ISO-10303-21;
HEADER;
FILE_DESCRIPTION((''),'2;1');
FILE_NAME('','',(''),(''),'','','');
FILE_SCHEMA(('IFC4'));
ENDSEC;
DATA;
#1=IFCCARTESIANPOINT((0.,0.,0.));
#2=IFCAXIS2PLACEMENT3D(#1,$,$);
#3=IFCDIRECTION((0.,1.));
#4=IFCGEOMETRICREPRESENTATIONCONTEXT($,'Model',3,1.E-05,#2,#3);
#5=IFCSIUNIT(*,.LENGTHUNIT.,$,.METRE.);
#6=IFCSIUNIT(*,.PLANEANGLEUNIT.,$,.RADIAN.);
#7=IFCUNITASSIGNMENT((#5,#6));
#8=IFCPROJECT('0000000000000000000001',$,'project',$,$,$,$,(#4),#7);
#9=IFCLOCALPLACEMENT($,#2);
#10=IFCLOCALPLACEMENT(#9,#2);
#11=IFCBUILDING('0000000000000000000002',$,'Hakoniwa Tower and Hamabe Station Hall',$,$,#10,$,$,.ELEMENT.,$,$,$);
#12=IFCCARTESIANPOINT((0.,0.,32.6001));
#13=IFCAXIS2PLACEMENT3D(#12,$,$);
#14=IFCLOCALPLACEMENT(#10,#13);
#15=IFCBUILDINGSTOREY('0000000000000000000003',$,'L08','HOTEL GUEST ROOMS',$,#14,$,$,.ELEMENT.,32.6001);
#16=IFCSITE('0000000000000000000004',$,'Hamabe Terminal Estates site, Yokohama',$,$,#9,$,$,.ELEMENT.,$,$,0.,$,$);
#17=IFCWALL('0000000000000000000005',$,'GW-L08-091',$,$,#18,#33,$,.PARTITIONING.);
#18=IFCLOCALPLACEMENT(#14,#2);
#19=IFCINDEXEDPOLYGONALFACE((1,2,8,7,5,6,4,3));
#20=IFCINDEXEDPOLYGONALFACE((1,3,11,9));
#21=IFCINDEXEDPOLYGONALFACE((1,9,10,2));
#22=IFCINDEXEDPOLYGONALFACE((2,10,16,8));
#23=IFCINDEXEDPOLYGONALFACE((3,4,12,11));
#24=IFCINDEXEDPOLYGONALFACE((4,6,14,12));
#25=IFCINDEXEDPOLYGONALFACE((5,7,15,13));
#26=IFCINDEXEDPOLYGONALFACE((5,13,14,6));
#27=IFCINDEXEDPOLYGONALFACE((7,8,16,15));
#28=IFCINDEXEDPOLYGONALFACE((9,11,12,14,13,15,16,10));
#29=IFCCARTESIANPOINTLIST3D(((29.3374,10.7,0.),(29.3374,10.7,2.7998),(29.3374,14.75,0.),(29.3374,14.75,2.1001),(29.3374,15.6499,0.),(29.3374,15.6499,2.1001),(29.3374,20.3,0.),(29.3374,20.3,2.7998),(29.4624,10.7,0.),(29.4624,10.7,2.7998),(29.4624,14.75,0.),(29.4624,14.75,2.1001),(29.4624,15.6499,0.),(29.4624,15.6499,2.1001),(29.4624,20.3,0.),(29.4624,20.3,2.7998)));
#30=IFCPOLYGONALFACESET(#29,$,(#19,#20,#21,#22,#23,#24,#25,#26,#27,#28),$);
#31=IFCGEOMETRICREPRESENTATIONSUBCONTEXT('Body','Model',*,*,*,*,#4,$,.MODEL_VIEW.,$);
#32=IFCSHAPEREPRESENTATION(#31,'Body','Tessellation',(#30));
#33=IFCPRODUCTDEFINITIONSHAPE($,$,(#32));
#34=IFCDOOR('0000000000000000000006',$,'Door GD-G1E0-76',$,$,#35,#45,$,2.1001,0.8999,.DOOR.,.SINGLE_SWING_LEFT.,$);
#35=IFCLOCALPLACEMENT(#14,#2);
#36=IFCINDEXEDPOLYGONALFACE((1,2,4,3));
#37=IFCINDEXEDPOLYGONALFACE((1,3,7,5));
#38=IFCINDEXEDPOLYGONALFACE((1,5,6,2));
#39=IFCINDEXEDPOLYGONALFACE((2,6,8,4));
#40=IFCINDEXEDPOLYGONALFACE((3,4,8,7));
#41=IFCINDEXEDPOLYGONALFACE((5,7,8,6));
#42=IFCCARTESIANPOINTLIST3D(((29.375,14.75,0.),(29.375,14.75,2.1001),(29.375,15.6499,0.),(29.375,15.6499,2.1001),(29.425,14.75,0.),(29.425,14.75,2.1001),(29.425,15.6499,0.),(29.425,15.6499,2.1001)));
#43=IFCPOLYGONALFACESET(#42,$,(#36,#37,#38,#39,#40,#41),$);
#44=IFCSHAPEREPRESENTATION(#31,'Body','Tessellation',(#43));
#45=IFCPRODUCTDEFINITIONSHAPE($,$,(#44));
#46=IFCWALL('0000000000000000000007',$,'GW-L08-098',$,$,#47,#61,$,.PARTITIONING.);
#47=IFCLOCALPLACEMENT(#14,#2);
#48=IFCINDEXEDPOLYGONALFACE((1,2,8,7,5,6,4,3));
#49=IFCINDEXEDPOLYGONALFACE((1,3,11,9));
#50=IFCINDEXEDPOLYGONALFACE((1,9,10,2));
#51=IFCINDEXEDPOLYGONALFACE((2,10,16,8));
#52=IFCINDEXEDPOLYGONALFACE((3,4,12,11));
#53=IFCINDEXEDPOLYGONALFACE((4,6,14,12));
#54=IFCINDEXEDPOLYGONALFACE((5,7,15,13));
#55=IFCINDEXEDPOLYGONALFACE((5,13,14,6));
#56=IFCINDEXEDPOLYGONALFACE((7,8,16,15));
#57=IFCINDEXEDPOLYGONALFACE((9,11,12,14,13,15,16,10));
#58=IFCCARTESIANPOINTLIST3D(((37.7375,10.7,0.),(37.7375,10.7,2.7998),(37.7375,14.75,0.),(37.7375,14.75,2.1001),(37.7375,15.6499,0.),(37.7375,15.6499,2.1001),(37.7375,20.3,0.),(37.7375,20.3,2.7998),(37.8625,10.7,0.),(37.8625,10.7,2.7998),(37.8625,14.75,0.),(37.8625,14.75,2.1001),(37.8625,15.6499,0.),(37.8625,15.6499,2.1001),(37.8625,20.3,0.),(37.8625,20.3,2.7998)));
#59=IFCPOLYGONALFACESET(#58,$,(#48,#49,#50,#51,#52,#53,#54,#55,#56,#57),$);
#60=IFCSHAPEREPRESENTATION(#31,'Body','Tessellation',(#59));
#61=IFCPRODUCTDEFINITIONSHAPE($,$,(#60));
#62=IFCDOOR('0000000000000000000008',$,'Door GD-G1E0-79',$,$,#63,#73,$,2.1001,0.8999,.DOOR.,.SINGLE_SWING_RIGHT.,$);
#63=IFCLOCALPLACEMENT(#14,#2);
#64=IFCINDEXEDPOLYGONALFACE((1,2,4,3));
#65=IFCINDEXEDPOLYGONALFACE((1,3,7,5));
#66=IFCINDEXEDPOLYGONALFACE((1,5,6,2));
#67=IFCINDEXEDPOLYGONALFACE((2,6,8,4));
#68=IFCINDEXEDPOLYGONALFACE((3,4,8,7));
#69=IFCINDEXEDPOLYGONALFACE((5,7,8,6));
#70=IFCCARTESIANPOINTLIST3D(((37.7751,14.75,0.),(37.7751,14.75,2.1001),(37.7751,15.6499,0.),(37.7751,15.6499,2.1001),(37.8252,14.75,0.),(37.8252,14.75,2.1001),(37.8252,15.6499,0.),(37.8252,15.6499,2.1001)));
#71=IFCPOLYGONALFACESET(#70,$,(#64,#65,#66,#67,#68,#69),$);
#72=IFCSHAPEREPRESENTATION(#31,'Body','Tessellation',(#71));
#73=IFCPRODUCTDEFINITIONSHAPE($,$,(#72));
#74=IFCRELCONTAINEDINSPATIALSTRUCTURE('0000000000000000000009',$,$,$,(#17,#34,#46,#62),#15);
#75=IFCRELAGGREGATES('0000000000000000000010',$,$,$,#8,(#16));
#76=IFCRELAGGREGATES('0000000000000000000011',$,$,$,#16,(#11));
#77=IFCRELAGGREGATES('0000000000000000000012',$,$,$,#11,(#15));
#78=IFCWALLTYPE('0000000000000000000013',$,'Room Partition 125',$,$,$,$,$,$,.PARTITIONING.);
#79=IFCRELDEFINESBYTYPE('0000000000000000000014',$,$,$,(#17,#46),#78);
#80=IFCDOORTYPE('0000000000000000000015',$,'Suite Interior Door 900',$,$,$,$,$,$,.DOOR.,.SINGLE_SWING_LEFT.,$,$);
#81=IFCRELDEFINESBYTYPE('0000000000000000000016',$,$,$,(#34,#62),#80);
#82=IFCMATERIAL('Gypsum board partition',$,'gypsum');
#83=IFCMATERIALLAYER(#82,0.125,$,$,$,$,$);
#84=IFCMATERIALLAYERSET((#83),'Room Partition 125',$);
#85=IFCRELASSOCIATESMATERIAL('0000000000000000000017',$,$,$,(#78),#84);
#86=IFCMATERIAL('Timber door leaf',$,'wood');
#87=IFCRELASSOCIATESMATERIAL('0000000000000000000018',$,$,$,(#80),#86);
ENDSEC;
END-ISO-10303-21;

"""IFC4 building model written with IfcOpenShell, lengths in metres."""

from ifc_helpers import new_model, si_unit, direction, frame, frame_2d, origin, place, context, subcontext, project, spatial, rectangle, extrude, material, layer, layer_set, type_object, element, fill, save


model = new_model("IFC4")

# Units and contexts
model_context = context("Model", 3, precision=1e-05, world=origin(), true_north=direction((0.0, 1.0)))
body_context = subcontext(model_context, "Body", "Model", "MODEL_VIEW")
ifc_project = project(units=[si_unit("LENGTHUNIT", "METRE"), si_unit("PLANEANGLEUNIT", "RADIAN")], contexts=[model_context])

# Site, building, storey
site_placement = place(None, origin())
site = spatial("IfcSite", under=ifc_project, at=site_placement, Name="Hamabe Terminal Estates site, Yokohama", CompositionType="ELEMENT", RefElevation=0.0)
building_placement = place(site_placement, origin())
building = spatial("IfcBuilding", under=site, at=building_placement, Name="Hakoniwa Tower and Hamabe Station Hall", CompositionType="ELEMENT")
storey_placement = place(building_placement, frame((0.0, 0.0, 32.6001)))
storey = spatial("IfcBuildingStorey", under=building, at=storey_placement, Name="L08", Description="HOTEL GUEST ROOMS", CompositionType="ELEMENT", Elevation=32.6001)

# Walls, openings, doors
ifc_material_1 = material(Name="Gypsum board partition", Category="gypsum")
ifc_layer_1 = layer(ifc_material_1, 0.125)
ifc_layer_set_1 = layer_set([ifc_layer_1], Name="Room Partition 125")
wall_type_1 = type_object("IfcWallType", Name="Room Partition 125", PredefinedType="PARTITIONING", material=ifc_layer_set_1)
wall_1_placement = place(storey_placement, frame((29.3999, 10.7, 0.0), z_axis=(0.0, 0.0, 1.0), x_axis=(0.0, 1.0, 0.0)))
wall_1 = element("IfcWall", 1, at=wall_1_placement, inside=storey, type_object=wall_type_1, Name="GW-L08-091", PredefinedType="PARTITIONING", context=body_context, shape_type="SweptSolid", body=[
    extrude(rectangle(XDim=9.6001, YDim=0.125, at=frame_2d((4.8, 0.0))), origin(), (0.0, 0.0, 1.0), 2.7998),
])
opening_1_placement = place(wall_1_placement, frame((4.05, 0.0, 0.0)))
opening_1 = element("IfcOpeningElement", 2, at=opening_1_placement, cuts=wall_1, PredefinedType="OPENING", context=body_context, shape_type="SweptSolid", body=[
    extrude(rectangle(XDim=0.8999, YDim=2.1001, at=frame_2d((0.45, 1.05))), frame((0.0, 0.0725, 0.0), z_axis=(0.0, -1.0, 0.0), x_axis=(1.0, 0.0, 0.0)), (0.0, 0.0, 1.0), 0.145),
])
ifc_material_2 = material(Name="Timber door leaf", Category="wood")
door_type_1 = type_object("IfcDoorType", Name="Suite Interior Door 900", OperationType="SINGLE_SWING_LEFT", PredefinedType="DOOR", material=ifc_material_2)
door_1_placement = place(opening_1_placement, origin())
door_1 = element("IfcDoor", 3, at=door_1_placement, inside=storey, type_object=door_type_1, Name="Door GD-G1E0-76", OperationType="SINGLE_SWING_LEFT", OverallHeight=2.1001, OverallWidth=0.8999, PredefinedType="DOOR", context=body_context, shape_type="SweptSolid", body=[
    extrude(rectangle(XDim=0.8999, YDim=2.1001, at=frame_2d((0.45, 1.05))), frame((0.0, 0.0249, 0.0), z_axis=(0.0, -1.0, 0.0), x_axis=(1.0, 0.0, 0.0)), (0.0, 0.0, 1.0), 0.05),
])
fill(opening_1, door_1)
wall_2_placement = place(storey_placement, frame((37.8, 10.7, 0.0), z_axis=(0.0, 0.0, 1.0), x_axis=(0.0, 1.0, 0.0)))
wall_2 = element("IfcWall", 4, at=wall_2_placement, inside=storey, type_object=wall_type_1, Name="GW-L08-098", PredefinedType="PARTITIONING", context=body_context, shape_type="SweptSolid", body=[
    extrude(rectangle(XDim=9.6001, YDim=0.125, at=frame_2d((4.8, 0.0))), origin(), (0.0, 0.0, 1.0), 2.7998),
])
opening_2_placement = place(wall_2_placement, frame((4.05, 0.0, 0.0)))
opening_2 = element("IfcOpeningElement", 5, at=opening_2_placement, cuts=wall_2, PredefinedType="OPENING", context=body_context, shape_type="SweptSolid", body=[
    extrude(rectangle(XDim=0.8999, YDim=2.1001, at=frame_2d((0.45, 1.05))), frame((0.0, 0.0725, 0.0), z_axis=(0.0, -1.0, 0.0), x_axis=(1.0, 0.0, 0.0)), (0.0, 0.0, 1.0), 0.145),
])
door_2_placement = place(opening_2_placement, origin())
door_2 = element("IfcDoor", 6, at=door_2_placement, inside=storey, type_object=door_type_1, Name="Door GD-G1E0-79", OperationType="SINGLE_SWING_RIGHT", OverallHeight=2.1001, OverallWidth=0.8999, PredefinedType="DOOR", context=body_context, shape_type="SweptSolid", body=[
    extrude(rectangle(XDim=0.8999, YDim=2.1001, at=frame_2d((0.45, 1.05))), frame((0.0, 0.0249, 0.0), z_axis=(0.0, -1.0, 0.0), x_axis=(1.0, 0.0, 0.0)), (0.0, 0.0, 1.0), 0.05),
])
fill(opening_2, door_2)

save(model, "model.ifc")
